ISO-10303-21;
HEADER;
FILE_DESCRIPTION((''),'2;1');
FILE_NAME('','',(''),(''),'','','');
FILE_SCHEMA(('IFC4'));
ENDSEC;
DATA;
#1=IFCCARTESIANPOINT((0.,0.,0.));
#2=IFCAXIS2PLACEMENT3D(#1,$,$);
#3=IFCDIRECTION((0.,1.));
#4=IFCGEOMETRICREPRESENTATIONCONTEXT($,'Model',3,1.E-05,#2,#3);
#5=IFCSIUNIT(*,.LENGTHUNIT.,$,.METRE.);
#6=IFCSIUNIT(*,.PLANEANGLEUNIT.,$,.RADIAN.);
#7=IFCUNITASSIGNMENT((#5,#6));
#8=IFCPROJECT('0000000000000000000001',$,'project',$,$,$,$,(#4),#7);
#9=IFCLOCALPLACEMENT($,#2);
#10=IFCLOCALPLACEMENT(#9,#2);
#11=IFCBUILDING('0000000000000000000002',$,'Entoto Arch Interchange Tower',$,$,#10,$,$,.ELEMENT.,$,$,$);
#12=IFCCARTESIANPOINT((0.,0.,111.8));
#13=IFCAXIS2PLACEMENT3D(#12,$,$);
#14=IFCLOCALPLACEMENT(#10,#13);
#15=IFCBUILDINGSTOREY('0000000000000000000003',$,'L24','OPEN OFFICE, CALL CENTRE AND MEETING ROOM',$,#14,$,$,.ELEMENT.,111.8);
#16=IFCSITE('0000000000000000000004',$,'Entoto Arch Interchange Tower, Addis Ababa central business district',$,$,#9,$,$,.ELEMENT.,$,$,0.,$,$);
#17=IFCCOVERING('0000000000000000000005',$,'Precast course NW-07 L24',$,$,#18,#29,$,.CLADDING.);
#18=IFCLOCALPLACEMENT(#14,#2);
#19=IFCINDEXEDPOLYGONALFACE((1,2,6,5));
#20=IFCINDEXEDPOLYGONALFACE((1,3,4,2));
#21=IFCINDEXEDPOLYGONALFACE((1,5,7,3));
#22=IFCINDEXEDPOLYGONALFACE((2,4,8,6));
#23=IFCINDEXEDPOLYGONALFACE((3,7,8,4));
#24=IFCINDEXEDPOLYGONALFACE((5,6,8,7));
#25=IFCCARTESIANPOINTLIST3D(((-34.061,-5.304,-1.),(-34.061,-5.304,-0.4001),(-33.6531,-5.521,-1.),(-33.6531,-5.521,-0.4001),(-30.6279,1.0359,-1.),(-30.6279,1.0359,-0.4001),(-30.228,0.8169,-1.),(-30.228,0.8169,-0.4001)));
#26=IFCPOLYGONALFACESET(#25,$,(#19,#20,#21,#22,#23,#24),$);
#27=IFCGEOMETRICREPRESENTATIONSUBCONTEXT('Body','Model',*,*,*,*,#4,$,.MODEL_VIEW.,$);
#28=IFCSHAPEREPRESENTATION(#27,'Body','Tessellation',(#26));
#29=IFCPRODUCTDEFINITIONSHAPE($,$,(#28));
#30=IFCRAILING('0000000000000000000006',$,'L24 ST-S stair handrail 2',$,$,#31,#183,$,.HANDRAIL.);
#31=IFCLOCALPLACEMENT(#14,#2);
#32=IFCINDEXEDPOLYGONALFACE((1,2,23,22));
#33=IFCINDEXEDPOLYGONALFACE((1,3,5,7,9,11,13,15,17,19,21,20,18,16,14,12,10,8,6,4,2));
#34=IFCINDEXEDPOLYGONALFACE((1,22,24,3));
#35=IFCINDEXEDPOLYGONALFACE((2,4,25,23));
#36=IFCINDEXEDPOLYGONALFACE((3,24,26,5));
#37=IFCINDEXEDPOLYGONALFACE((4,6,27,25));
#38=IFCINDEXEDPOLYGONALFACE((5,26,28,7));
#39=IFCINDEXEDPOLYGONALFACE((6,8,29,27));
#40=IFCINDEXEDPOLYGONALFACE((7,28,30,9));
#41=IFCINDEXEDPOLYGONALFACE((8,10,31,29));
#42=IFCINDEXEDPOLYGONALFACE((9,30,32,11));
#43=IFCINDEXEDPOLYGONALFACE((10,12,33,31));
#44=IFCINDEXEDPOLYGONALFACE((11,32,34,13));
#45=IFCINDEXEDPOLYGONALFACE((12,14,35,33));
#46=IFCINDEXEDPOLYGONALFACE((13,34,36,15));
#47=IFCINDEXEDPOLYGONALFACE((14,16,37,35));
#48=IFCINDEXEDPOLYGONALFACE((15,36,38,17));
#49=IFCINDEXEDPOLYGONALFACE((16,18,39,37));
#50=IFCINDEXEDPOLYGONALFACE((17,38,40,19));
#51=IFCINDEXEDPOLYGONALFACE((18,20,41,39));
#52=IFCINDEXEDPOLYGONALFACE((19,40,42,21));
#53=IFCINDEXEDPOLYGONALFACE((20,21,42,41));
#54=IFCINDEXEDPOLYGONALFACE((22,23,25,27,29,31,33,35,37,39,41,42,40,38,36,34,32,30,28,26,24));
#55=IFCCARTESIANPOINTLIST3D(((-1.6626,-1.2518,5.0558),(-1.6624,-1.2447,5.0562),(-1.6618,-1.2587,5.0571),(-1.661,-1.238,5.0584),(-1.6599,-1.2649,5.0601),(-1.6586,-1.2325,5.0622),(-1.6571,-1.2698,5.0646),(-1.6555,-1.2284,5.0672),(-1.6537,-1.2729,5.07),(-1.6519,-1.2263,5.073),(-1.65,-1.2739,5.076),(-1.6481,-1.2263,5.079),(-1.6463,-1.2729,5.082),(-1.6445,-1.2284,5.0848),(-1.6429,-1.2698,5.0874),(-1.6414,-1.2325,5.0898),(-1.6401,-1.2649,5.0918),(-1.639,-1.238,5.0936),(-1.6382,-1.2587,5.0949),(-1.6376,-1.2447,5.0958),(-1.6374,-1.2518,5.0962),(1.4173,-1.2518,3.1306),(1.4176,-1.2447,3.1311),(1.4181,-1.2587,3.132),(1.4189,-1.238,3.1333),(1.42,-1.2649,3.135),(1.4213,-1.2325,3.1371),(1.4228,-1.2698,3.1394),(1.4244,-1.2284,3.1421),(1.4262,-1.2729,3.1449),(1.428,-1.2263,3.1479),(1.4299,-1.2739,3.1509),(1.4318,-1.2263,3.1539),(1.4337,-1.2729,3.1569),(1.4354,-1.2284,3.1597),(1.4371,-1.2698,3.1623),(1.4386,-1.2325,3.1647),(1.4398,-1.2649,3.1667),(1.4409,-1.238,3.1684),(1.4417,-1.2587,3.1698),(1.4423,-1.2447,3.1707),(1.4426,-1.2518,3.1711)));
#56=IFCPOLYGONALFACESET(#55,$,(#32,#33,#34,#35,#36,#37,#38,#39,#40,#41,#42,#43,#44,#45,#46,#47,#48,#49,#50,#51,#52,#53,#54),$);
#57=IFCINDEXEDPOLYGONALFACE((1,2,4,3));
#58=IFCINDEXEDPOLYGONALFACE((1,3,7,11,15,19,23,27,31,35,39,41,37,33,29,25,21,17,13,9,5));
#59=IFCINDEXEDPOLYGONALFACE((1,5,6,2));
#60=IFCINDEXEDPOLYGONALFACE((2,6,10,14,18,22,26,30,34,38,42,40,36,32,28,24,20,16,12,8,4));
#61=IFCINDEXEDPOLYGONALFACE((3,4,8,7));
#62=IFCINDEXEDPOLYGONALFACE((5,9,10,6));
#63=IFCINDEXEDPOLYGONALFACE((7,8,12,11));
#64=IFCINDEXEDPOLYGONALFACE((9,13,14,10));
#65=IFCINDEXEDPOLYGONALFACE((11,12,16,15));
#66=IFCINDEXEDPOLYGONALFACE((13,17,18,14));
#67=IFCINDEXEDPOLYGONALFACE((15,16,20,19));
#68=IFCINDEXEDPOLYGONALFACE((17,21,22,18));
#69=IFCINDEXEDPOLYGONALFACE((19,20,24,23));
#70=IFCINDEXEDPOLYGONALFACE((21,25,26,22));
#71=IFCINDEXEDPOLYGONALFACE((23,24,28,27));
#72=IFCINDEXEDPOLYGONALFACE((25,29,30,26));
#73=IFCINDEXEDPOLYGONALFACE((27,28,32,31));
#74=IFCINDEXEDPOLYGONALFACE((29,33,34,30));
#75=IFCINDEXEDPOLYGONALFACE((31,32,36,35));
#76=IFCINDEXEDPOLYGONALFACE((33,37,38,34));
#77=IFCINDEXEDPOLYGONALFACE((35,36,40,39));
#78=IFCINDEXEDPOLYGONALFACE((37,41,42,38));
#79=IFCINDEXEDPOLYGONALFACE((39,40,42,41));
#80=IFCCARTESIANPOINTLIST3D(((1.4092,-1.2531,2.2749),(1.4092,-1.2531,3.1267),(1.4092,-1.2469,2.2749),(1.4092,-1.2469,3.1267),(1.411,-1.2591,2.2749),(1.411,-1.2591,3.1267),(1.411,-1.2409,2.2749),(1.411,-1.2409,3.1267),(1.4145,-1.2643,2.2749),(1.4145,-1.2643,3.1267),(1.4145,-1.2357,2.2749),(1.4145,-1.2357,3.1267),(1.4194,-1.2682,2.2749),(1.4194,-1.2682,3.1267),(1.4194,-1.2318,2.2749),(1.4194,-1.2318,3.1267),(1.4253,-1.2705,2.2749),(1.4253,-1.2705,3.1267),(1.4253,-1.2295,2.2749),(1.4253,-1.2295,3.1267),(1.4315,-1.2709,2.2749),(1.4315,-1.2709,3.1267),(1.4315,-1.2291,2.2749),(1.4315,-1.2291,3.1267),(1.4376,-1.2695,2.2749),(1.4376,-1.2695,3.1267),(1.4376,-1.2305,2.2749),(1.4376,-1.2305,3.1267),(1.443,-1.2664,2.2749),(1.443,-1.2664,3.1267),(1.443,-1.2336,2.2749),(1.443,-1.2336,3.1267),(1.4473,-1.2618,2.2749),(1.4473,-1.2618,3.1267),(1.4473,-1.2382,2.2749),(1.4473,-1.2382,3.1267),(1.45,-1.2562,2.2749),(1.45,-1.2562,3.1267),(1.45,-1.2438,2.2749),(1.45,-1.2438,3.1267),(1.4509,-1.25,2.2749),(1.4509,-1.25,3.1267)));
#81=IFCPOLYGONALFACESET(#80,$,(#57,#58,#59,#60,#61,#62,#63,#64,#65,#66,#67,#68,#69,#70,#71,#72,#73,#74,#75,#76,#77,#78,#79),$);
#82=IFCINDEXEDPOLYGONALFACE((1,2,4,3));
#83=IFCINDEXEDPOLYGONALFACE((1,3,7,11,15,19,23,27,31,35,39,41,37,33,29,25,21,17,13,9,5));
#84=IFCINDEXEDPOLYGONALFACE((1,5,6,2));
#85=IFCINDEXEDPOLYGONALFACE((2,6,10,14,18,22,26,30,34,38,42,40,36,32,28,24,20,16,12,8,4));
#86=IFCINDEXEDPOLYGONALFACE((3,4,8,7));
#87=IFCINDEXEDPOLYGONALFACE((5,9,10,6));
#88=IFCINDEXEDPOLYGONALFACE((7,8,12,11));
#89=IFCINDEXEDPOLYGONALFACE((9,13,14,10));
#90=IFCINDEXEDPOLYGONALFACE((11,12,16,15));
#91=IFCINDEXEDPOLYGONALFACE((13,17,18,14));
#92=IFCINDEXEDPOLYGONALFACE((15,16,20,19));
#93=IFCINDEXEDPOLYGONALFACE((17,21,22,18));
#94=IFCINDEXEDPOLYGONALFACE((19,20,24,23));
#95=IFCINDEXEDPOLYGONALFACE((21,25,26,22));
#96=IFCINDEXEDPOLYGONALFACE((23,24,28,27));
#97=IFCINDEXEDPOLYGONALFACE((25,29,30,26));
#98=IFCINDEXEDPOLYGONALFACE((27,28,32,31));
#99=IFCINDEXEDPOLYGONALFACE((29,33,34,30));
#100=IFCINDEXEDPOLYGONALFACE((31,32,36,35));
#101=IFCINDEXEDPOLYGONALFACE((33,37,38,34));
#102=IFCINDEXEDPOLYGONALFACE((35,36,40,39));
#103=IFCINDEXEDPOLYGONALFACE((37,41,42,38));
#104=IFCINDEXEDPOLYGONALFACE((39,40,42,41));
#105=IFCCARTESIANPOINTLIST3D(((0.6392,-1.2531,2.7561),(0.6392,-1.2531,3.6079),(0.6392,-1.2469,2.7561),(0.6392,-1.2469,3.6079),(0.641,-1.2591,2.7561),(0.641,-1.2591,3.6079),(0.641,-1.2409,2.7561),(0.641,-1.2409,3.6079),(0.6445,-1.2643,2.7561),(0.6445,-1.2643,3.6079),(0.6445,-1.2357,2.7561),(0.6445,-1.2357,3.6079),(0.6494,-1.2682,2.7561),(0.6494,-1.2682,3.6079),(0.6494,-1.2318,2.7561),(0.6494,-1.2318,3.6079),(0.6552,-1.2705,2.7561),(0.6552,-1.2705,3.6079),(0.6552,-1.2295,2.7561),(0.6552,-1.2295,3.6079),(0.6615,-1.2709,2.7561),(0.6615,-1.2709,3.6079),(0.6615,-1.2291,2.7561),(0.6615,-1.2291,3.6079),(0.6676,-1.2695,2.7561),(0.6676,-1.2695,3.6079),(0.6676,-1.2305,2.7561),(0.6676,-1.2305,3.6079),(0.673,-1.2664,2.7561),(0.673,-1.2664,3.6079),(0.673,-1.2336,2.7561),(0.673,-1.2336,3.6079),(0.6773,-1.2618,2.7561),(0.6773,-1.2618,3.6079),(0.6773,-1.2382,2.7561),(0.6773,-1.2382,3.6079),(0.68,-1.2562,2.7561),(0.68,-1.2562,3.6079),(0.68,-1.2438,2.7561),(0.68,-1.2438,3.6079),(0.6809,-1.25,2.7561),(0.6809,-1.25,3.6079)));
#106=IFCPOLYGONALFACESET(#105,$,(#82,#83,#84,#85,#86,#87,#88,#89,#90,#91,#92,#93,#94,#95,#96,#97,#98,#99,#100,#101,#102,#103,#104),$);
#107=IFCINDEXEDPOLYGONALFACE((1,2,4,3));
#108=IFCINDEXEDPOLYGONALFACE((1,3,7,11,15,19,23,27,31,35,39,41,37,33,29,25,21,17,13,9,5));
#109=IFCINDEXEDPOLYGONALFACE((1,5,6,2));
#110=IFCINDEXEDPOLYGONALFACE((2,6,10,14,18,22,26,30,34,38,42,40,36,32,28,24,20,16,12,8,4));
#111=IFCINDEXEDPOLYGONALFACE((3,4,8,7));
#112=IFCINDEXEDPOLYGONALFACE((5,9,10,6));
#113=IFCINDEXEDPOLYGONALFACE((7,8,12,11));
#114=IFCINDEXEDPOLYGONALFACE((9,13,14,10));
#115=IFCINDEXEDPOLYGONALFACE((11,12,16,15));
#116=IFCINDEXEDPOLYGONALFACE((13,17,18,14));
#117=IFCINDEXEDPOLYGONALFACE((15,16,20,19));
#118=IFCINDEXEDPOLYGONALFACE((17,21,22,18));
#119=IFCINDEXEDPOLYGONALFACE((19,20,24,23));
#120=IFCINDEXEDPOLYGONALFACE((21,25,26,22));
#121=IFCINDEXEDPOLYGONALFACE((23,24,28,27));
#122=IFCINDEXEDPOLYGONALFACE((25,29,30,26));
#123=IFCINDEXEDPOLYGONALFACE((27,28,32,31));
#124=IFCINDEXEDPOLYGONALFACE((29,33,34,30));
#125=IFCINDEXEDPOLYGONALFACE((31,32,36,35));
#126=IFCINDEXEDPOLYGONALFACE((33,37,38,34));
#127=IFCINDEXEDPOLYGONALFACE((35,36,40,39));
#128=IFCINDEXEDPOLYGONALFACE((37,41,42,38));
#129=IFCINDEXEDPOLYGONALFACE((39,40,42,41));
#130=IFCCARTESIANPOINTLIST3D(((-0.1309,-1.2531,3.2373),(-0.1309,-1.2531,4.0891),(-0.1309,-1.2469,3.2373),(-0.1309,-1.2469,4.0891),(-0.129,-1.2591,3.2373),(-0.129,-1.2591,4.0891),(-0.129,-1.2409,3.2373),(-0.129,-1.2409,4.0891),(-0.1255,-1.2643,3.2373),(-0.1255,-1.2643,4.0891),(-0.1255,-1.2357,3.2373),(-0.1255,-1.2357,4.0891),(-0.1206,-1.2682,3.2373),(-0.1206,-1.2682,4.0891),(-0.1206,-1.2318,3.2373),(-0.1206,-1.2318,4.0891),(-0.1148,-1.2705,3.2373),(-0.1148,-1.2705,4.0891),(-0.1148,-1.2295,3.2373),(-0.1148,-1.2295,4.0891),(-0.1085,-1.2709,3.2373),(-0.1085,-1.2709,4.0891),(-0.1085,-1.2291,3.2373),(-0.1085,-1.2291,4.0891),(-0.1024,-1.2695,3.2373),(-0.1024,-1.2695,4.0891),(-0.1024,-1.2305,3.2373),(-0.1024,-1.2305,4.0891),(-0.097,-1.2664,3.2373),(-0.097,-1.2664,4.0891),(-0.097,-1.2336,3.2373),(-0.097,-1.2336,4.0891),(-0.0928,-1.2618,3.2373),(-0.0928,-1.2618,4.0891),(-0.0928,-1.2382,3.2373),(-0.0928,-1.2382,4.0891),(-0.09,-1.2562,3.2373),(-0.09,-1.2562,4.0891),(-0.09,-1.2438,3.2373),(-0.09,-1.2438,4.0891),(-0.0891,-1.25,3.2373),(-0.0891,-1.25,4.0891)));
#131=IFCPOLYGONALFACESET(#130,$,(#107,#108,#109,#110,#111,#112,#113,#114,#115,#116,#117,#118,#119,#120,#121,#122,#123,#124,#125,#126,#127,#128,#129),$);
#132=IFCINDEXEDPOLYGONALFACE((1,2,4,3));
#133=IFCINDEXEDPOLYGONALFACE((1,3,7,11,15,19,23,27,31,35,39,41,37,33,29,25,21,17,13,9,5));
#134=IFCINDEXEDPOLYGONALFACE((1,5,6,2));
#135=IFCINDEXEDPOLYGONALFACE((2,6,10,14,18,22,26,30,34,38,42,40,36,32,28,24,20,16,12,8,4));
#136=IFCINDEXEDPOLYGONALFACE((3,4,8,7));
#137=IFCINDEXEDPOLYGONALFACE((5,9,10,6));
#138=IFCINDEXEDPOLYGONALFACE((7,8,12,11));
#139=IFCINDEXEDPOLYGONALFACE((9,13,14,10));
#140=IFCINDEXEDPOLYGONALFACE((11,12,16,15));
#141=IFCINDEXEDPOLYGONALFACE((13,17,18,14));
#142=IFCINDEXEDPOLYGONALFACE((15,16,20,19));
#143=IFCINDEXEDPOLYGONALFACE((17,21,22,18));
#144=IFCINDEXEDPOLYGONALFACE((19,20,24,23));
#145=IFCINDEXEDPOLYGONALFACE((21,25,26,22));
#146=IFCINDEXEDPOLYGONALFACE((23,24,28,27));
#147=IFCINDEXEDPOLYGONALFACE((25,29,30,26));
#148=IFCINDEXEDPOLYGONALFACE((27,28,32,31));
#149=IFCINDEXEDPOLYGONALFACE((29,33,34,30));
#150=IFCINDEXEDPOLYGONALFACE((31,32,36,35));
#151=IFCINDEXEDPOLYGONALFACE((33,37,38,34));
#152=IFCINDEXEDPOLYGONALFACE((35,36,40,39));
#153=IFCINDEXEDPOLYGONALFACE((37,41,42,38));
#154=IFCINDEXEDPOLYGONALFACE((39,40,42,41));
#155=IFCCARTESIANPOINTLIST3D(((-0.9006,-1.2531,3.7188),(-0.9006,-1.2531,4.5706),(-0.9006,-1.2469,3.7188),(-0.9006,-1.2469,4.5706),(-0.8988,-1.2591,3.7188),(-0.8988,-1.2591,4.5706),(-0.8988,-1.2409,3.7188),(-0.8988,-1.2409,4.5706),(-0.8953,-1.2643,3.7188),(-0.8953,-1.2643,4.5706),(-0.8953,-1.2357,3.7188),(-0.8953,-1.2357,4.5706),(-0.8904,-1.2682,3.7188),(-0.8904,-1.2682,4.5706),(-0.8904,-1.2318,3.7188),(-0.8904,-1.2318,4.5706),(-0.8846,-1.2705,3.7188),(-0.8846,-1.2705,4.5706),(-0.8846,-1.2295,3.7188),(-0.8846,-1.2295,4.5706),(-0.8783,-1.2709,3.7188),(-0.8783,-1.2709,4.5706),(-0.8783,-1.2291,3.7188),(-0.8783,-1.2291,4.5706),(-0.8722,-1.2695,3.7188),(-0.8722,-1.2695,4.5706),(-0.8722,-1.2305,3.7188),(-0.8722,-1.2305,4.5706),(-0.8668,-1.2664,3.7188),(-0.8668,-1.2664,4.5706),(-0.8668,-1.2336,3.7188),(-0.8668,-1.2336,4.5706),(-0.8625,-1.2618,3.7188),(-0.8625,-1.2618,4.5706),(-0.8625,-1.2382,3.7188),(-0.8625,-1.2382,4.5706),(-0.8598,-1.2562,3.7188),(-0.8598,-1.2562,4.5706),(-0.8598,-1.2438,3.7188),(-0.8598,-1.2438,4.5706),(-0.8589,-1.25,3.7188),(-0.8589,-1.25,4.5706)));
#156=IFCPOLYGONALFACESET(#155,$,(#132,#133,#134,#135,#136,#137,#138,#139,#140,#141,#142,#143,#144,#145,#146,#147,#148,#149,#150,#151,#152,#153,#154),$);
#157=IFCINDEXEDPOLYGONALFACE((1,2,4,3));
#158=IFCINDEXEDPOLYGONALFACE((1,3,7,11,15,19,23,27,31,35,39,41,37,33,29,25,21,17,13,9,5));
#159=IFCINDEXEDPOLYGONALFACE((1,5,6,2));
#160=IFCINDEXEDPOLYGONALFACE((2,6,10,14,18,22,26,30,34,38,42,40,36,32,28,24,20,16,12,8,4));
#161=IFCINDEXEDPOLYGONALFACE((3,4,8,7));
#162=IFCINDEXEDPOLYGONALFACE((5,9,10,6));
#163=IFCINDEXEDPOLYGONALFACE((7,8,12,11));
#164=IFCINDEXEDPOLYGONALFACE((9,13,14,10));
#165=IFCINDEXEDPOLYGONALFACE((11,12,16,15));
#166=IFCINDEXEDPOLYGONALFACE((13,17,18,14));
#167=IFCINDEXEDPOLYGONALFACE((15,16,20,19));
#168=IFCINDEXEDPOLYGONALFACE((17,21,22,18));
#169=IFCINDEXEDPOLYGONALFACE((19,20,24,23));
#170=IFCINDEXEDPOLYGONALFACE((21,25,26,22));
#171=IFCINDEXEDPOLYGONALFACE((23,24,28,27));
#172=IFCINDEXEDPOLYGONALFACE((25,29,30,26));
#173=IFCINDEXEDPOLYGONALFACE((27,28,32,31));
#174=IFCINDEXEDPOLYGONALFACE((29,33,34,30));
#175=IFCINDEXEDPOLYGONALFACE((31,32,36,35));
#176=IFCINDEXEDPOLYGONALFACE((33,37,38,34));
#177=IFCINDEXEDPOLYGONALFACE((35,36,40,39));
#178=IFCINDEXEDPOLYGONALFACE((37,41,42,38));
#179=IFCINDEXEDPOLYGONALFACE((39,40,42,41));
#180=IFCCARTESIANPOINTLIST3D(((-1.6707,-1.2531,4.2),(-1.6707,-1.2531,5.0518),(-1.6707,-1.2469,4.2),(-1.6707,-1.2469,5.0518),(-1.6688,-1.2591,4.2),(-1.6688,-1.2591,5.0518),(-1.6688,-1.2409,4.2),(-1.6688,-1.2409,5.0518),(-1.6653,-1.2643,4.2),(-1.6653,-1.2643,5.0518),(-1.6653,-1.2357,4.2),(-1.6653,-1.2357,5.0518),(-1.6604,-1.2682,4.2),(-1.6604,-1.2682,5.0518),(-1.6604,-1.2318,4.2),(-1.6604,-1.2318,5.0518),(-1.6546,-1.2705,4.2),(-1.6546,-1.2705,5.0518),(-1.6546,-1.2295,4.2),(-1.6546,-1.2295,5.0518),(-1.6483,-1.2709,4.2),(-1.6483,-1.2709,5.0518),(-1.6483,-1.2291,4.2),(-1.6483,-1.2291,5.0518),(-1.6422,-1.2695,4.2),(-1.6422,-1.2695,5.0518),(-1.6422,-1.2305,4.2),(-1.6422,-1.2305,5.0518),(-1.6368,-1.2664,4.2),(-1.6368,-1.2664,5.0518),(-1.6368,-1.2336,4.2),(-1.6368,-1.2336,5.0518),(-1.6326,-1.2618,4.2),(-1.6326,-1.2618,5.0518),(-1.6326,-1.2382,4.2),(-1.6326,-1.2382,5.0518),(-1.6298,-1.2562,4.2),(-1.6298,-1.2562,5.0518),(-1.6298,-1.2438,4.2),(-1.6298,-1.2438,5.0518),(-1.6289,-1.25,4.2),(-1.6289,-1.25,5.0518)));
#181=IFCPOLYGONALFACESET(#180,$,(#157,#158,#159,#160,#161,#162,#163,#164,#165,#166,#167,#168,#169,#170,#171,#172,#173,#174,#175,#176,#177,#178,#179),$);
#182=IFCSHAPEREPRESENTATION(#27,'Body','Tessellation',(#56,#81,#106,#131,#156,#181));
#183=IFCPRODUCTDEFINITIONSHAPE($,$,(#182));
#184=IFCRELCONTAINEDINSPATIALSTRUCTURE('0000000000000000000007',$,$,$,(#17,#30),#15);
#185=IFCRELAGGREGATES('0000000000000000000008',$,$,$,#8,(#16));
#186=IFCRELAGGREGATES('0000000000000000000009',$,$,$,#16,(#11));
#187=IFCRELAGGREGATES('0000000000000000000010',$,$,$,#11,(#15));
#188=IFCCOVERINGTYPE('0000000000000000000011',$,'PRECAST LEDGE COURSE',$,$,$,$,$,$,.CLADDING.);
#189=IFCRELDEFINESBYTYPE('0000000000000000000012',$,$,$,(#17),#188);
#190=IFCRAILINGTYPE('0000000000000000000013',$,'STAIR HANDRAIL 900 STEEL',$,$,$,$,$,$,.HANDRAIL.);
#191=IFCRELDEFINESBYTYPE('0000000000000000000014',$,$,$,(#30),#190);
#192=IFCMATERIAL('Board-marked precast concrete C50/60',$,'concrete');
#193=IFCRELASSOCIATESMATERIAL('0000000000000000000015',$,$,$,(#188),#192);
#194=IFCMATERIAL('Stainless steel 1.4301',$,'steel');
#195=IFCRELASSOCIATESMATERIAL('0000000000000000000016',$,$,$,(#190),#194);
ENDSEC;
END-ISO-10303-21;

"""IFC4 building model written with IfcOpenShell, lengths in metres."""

from ifc_helpers import new_model, si_unit, direction, frame, origin, origin_2d, place, context, subcontext, project, spatial, polyline, circle, outline, extrude, material, type_object, element, save


model = new_model("IFC4")

# Units and contexts
model_context = context("Model", 3, precision=1e-05, world=origin(), true_north=direction((0.0, 1.0)))
body_context = subcontext(model_context, "Body", "Model", "MODEL_VIEW")
ifc_project = project(units=[si_unit("LENGTHUNIT", "METRE"), si_unit("PLANEANGLEUNIT", "RADIAN")], contexts=[model_context])

# Site, building, storey
site_placement = place(None, origin())
site = spatial("IfcSite", under=ifc_project, at=site_placement, Name="Entoto Arch Interchange Tower, Addis Ababa central business district", CompositionType="ELEMENT", RefElevation=0.0)
building_placement = place(site_placement, origin())
building = spatial("IfcBuilding", under=site, at=building_placement, Name="Entoto Arch Interchange Tower", CompositionType="ELEMENT")
storey_placement = place(building_placement, frame((0.0, 0.0, 111.8)))
storey = spatial("IfcBuildingStorey", under=building, at=storey_placement, Name="L24", Description="OPEN OFFICE, CALL CENTRE AND MEETING ROOM", CompositionType="ELEMENT", Elevation=111.8)

# Covering
ifc_material_1 = material(Name="Board-marked precast concrete C50/60", Category="concrete")
covering_type = type_object("IfcCoveringType", Name="PRECAST LEDGE COURSE", PredefinedType="CLADDING", material=ifc_material_1)
covering_1_placement = place(storey_placement, frame((0.0, 0.0, -1.0)))
element("IfcCovering", 1, at=covering_1_placement, inside=storey, type_object=covering_type, Name="Precast course NW-07 L24", PredefinedType="CLADDING", context=body_context, shape_type="SweptSolid", body=[
    extrude(outline(polyline([(-33.6531, -5.521), (-34.061, -5.304), (-30.6279, 1.0359), (-30.228, 0.8169), (-33.6531, -5.521)])), origin(), (0.0, 0.0, 1.0), 0.5999),
])

# Railing
ifc_material_2 = material(Name="Stainless steel 1.4301", Category="steel")
railing_type = type_object("IfcRailingType", Name="STAIR HANDRAIL 900 STEEL", PredefinedType="HANDRAIL", material=ifc_material_2)
railing_placement = place(storey_placement, frame((1.4299, -1.25, 2.2749)))
element("IfcRailing", 2, at=railing_placement, inside=storey, type_object=railing_type, Name="L24 ST-S stair handrail 2", PredefinedType="HANDRAIL", context=body_context, shape_type="SweptSolid", body=[
    extrude(circle(Radius=0.0239, at=origin_2d()), frame((0.0, 0.0, 0.876), z_axis=(-0.847979, 0.0, 0.530029), x_axis=(0.0, -1.0, 0.0)), (0.0, 0.0, 1.0), 3.6321),
    extrude(circle(Radius=0.021, at=origin_2d()), origin(), (0.0, 0.0, 1.0), 0.8518),
    extrude(circle(Radius=0.021, at=origin_2d()), frame((-0.77, 0.0, 0.4812)), (0.0, 0.0, 1.0), 0.8518),
    extrude(circle(Radius=0.021, at=origin_2d()), frame((-1.54, 0.0, 0.9624)), (0.0, 0.0, 1.0), 0.8518),
    extrude(circle(Radius=0.021, at=origin_2d()), frame((-2.3098, 0.0, 1.4438)), (0.0, 0.0, 1.0), 0.8518),
    extrude(circle(Radius=0.021, at=origin_2d()), frame((-3.0798, 0.0, 1.925)), (0.0, 0.0, 1.0), 0.8518),
])

save(model, "model.ifc")
